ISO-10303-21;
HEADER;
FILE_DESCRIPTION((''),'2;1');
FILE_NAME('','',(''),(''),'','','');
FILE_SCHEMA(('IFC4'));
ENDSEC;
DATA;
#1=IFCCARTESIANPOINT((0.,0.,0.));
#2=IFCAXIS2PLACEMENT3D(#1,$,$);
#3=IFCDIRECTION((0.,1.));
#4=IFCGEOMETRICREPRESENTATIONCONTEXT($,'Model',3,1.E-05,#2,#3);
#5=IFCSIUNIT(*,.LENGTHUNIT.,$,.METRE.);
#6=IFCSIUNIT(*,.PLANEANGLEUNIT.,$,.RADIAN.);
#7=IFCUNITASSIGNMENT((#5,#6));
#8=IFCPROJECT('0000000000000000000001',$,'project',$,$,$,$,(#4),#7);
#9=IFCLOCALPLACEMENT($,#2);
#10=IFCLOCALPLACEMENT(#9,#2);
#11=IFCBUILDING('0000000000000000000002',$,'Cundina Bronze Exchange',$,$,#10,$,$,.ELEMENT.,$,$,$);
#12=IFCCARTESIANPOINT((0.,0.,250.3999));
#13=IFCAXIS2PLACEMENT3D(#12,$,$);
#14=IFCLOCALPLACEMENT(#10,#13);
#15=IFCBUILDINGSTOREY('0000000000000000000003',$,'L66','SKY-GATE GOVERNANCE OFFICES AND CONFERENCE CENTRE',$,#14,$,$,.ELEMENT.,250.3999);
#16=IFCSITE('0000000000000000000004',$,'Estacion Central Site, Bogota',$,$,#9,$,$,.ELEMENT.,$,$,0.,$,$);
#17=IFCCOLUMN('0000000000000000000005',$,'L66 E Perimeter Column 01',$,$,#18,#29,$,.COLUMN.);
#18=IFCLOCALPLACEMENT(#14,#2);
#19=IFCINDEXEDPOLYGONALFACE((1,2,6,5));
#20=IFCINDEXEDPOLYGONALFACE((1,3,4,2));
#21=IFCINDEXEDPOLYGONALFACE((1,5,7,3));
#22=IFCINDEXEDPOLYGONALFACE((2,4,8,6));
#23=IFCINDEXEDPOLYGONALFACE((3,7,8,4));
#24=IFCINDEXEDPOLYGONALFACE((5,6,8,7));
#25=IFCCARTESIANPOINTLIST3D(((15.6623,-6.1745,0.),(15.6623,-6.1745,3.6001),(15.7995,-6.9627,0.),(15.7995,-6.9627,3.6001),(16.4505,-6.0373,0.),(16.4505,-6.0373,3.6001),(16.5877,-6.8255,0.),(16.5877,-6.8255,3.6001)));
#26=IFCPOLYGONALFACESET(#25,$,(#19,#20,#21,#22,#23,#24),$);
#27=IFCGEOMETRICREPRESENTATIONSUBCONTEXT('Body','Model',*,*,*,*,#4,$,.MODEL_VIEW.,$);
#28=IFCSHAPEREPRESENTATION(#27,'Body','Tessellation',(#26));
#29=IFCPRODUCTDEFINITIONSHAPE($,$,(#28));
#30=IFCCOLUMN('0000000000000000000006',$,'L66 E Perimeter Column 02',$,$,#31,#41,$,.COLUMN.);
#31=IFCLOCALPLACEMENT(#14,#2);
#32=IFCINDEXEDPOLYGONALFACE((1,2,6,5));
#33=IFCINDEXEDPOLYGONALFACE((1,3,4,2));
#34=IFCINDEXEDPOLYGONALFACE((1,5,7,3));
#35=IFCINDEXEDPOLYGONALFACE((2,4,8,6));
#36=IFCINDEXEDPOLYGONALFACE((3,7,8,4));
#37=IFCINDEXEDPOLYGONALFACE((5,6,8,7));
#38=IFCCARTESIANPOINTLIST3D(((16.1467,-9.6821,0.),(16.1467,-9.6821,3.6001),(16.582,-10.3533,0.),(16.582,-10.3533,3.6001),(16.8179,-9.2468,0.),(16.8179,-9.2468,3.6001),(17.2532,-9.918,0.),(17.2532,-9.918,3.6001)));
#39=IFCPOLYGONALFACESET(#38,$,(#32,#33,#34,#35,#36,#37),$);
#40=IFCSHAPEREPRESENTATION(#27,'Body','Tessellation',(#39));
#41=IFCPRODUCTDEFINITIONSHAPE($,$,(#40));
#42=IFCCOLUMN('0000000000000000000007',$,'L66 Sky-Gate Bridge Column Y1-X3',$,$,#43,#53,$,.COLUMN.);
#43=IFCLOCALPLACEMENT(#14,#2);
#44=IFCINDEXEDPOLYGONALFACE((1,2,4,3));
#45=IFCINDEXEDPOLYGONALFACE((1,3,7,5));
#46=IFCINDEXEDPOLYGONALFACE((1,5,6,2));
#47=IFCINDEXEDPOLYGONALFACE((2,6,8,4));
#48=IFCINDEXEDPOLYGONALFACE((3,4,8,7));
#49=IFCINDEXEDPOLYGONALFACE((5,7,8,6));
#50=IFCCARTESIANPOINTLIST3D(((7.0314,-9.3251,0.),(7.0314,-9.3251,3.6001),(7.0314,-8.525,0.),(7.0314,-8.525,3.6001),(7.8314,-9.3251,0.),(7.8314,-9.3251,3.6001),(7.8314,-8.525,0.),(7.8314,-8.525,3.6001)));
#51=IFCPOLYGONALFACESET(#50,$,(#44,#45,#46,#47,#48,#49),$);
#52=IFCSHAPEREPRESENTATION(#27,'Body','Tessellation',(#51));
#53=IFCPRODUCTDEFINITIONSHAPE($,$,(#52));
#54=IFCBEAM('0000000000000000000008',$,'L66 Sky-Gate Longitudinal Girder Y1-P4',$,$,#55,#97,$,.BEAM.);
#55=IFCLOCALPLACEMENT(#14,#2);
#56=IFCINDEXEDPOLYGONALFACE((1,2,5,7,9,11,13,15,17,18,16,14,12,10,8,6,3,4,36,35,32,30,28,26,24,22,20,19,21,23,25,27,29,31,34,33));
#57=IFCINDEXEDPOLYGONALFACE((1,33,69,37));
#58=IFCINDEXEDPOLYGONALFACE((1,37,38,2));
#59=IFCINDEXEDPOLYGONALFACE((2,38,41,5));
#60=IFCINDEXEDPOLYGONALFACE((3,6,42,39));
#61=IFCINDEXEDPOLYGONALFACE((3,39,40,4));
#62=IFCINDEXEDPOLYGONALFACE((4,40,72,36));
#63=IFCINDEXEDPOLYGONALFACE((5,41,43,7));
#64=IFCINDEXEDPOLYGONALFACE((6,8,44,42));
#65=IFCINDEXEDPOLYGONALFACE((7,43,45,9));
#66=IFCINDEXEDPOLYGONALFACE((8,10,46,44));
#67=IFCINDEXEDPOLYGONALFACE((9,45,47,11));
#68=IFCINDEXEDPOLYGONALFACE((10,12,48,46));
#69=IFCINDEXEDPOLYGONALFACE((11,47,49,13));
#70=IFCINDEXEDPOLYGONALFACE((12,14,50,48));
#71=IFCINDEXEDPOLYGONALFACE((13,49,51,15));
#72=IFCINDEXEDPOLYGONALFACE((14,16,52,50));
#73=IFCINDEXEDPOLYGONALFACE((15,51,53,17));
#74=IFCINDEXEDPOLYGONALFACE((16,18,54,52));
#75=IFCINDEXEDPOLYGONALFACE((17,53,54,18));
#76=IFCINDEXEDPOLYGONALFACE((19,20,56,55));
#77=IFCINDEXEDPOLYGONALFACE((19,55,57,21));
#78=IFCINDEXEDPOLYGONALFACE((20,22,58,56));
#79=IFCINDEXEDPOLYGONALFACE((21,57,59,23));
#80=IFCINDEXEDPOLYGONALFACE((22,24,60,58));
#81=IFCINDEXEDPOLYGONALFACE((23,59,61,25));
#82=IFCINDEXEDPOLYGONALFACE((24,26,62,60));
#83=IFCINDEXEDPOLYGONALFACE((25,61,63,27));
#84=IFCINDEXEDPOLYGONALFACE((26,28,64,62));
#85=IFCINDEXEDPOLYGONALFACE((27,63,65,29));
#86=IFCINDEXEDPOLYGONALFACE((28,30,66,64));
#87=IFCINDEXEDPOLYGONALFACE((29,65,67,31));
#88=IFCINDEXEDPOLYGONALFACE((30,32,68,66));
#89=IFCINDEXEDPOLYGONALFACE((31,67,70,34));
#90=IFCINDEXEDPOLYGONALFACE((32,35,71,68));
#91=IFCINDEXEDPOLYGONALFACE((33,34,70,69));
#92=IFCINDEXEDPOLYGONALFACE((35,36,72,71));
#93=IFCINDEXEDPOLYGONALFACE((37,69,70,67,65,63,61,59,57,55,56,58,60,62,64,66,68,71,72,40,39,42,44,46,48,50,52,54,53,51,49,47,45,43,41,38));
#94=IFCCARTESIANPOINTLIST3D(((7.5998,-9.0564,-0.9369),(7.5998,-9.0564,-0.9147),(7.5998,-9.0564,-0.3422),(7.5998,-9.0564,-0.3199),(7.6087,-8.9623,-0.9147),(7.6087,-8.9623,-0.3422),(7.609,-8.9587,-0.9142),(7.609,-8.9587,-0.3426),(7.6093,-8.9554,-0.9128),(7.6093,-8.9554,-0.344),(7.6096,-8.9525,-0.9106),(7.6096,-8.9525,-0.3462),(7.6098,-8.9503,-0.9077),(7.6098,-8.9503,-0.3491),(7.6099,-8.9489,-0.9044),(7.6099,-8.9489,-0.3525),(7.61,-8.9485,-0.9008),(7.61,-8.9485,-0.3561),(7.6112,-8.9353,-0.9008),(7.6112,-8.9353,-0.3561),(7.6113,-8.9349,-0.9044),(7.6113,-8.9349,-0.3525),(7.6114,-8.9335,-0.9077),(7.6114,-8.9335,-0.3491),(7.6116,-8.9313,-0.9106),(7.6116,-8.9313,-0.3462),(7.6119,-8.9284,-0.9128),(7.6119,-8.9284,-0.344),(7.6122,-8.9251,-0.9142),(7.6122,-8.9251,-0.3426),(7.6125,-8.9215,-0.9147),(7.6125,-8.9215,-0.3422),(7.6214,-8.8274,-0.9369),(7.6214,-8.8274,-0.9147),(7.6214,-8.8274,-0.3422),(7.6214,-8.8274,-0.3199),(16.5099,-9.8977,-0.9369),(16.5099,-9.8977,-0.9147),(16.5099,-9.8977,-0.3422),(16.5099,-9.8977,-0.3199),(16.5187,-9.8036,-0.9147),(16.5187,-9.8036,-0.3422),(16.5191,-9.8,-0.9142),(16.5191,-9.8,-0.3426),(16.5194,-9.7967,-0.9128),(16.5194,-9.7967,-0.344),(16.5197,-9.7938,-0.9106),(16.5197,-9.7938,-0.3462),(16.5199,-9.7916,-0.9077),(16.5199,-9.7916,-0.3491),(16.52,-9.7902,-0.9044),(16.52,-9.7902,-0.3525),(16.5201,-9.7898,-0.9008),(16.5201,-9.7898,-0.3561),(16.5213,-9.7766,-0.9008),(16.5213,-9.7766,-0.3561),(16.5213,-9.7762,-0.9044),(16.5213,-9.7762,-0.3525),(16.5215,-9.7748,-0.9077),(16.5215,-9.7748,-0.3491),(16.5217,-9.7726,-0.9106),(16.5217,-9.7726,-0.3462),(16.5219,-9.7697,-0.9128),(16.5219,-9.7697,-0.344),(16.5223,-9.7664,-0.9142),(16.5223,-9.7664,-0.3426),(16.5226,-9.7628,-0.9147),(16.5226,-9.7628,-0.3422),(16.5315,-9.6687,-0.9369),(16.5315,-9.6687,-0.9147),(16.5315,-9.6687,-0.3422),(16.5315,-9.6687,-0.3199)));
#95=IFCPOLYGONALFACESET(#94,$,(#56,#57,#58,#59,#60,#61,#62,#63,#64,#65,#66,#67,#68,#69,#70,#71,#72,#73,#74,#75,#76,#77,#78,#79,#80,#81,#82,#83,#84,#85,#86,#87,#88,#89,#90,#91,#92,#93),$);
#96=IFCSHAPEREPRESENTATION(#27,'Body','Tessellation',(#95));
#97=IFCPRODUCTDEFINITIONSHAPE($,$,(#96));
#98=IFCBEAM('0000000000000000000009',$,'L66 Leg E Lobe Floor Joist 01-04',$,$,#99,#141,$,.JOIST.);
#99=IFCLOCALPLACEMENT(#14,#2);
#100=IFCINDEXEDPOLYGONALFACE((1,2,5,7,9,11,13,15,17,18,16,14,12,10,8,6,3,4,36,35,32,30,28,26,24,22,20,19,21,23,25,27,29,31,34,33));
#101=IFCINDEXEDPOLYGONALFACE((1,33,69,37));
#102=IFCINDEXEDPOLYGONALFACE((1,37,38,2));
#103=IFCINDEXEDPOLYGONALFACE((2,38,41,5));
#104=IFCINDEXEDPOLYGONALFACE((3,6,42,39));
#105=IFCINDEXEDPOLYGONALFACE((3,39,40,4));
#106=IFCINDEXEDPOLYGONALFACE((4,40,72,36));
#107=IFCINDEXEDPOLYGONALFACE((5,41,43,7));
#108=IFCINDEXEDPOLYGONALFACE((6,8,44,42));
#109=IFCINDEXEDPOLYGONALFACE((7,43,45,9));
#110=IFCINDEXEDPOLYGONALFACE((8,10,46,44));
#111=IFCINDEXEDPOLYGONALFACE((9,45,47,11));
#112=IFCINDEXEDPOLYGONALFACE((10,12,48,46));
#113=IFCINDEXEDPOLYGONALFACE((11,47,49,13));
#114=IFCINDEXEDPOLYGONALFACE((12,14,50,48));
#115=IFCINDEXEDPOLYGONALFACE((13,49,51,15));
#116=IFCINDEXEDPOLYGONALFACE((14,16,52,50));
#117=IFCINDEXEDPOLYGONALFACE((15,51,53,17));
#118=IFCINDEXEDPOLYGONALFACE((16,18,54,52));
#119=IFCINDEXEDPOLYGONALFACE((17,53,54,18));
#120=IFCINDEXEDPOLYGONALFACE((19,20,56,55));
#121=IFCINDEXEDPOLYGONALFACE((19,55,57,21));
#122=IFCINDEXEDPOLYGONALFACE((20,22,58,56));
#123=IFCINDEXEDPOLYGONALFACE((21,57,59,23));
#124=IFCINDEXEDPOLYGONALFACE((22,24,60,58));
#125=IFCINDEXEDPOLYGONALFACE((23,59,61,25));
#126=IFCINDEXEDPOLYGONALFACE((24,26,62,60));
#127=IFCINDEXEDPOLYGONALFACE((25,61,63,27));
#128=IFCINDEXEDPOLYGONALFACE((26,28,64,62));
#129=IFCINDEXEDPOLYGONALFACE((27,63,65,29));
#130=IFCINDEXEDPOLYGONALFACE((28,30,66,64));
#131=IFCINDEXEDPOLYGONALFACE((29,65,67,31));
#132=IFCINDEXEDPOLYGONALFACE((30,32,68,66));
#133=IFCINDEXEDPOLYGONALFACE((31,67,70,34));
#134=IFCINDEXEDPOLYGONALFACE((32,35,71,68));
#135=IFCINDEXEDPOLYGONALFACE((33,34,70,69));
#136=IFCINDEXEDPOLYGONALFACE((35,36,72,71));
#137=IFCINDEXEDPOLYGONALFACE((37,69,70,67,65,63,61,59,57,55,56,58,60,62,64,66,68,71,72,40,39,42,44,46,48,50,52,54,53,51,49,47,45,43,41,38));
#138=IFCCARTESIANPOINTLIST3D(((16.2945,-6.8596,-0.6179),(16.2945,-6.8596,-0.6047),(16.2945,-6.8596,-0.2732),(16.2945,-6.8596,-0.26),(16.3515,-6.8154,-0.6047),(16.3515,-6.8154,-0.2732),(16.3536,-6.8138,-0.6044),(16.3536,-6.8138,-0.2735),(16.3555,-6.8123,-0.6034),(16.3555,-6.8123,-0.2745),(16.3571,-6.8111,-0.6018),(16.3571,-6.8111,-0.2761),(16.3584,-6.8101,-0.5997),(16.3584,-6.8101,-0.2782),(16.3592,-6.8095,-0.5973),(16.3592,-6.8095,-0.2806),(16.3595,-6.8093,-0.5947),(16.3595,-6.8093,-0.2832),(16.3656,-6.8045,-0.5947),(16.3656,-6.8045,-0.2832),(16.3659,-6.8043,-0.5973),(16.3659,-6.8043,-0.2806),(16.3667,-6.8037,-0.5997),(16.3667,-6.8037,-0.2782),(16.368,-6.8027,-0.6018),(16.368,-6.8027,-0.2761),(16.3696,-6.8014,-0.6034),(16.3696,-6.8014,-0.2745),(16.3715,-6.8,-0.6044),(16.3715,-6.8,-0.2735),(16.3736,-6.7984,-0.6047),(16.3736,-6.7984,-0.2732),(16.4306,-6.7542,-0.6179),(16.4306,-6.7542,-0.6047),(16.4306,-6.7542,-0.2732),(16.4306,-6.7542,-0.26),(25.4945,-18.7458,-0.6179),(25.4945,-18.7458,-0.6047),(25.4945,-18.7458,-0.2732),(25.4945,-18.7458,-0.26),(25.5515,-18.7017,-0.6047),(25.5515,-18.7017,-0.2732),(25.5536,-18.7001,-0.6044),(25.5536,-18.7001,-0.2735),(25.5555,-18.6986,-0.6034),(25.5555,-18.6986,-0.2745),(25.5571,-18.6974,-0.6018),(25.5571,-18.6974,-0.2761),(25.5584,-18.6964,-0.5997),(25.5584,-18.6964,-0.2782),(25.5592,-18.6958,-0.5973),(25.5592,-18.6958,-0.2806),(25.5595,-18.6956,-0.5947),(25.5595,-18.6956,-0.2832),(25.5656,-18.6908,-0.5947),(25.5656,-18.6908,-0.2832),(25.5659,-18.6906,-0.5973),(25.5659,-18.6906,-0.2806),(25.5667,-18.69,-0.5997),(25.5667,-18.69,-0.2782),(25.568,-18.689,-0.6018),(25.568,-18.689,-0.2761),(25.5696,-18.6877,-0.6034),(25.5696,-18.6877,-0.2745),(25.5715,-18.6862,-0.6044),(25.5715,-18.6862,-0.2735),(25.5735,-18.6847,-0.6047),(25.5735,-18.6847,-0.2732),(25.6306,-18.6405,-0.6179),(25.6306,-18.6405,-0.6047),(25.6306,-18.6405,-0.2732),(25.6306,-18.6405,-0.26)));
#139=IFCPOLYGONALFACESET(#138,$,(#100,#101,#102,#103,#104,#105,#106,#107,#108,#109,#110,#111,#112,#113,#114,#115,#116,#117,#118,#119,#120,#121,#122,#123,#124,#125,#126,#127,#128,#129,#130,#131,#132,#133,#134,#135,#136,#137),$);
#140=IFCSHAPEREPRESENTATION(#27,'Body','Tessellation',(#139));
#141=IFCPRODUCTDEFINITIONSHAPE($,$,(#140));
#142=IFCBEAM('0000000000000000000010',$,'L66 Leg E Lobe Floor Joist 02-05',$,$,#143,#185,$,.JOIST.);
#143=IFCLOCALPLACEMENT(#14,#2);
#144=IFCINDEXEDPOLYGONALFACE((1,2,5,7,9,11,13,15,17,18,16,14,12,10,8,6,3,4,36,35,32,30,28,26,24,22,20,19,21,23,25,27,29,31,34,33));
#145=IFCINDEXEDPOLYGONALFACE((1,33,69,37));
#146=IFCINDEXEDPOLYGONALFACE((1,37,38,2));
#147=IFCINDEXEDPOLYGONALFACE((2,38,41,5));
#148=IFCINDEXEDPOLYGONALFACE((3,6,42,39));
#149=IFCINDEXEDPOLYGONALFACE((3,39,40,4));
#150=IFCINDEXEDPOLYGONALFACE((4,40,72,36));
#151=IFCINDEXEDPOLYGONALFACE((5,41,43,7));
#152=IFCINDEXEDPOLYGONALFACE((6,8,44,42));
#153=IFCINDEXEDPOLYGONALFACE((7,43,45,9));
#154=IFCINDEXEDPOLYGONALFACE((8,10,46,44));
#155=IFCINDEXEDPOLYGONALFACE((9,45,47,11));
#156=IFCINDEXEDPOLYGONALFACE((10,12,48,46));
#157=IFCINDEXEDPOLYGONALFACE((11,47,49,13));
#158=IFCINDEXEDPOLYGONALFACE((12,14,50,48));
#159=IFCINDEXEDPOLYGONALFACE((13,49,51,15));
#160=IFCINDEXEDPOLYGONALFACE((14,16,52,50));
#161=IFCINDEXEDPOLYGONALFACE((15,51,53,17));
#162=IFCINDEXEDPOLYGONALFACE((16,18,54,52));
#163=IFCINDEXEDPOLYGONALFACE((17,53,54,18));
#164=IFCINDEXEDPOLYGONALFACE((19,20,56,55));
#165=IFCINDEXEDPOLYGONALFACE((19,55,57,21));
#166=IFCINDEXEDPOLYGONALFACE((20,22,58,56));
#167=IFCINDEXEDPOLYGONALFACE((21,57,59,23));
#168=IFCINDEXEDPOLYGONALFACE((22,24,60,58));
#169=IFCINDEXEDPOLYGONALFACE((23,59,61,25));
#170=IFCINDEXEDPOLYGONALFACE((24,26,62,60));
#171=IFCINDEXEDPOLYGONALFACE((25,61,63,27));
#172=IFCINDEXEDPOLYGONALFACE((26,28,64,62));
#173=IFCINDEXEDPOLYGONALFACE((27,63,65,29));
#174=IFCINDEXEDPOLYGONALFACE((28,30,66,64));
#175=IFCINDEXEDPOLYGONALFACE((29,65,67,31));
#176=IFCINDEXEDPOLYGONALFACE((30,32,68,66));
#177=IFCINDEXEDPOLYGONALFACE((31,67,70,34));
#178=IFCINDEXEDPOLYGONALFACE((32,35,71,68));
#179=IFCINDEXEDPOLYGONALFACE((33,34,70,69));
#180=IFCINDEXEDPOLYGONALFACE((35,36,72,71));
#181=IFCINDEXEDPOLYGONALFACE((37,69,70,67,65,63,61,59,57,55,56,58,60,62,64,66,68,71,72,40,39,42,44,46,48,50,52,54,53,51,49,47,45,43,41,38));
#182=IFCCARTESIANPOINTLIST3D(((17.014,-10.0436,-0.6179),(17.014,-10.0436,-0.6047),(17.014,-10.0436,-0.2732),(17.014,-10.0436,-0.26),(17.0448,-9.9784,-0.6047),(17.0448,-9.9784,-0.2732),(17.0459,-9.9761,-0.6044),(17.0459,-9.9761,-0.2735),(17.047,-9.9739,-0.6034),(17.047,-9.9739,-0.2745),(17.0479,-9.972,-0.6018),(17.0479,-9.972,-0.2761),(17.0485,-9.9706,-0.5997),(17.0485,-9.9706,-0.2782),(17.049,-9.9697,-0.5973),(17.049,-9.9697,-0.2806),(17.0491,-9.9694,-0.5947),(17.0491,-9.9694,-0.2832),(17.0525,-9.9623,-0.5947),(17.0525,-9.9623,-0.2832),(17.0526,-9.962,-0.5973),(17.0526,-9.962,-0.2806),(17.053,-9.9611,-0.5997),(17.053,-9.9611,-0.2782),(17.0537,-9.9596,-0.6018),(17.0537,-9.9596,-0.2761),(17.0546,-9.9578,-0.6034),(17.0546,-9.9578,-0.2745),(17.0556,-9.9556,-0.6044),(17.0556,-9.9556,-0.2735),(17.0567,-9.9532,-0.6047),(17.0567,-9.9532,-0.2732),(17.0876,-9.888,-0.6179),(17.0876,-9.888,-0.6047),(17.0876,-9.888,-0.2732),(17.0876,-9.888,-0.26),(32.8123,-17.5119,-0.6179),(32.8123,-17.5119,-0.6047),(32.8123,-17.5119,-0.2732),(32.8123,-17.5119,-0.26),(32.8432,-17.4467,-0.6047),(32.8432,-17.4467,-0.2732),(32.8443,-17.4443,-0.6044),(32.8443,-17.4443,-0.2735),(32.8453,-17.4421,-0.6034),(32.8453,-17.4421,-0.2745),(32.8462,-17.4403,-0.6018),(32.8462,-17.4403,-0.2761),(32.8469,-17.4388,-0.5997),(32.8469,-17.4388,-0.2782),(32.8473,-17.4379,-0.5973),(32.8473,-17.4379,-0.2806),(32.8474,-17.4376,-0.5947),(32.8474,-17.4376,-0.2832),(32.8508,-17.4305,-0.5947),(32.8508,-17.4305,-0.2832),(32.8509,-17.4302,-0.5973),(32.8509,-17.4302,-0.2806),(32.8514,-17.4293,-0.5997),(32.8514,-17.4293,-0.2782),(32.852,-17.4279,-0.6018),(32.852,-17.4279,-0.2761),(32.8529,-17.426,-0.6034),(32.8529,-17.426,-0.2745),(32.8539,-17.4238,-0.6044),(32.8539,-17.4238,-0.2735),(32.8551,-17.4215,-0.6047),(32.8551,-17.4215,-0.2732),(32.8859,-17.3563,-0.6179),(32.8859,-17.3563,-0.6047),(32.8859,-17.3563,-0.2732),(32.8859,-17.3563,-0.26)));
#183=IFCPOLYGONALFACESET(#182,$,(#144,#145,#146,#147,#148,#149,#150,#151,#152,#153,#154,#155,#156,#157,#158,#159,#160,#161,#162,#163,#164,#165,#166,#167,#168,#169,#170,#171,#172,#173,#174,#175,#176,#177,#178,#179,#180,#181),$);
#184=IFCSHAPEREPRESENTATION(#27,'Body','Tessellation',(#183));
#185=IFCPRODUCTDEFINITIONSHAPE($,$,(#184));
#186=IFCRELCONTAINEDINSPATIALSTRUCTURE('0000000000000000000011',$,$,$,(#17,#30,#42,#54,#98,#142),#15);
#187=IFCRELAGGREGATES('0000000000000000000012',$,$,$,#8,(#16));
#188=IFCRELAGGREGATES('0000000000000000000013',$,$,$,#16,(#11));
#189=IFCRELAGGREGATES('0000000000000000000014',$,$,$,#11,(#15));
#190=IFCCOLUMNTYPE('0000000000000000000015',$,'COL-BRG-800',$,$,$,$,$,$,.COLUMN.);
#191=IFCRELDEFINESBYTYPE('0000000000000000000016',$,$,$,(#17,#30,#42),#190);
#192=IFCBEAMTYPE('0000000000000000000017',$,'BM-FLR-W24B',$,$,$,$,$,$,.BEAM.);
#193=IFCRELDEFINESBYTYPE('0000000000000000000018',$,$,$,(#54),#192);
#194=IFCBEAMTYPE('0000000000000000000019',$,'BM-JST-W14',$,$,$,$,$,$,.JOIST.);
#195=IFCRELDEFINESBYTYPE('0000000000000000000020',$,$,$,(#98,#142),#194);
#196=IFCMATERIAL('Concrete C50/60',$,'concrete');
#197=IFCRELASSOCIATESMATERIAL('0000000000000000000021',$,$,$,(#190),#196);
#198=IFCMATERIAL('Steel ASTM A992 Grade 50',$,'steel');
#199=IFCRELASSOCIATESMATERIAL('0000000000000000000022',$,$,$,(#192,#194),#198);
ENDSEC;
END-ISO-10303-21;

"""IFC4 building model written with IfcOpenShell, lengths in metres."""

from ifc_helpers import new_model, si_unit, direction, frame, origin, origin_2d, place, context, subcontext, project, spatial, rectangle, i_section, extrude, material, material_profile, profile_set, type_object, element, save


model = new_model("IFC4")

# Units and contexts
model_context = context("Model", 3, precision=1e-05, world=origin(), true_north=direction((0.0, 1.0)))
body_context = subcontext(model_context, "Body", "Model", "MODEL_VIEW")
ifc_project = project(units=[si_unit("LENGTHUNIT", "METRE"), si_unit("PLANEANGLEUNIT", "RADIAN")], contexts=[model_context])

# Site, building, storey
site_placement = place(None, origin())
site = spatial("IfcSite", under=ifc_project, at=site_placement, Name="Estacion Central Site, Bogota", CompositionType="ELEMENT", RefElevation=0.0)
building_placement = place(site_placement, origin())
building = spatial("IfcBuilding", under=site, at=building_placement, Name="Cundina Bronze Exchange", CompositionType="ELEMENT")
storey_placement = place(building_placement, frame((0.0, 0.0, 250.3999)))
storey = spatial("IfcBuildingStorey", under=building, at=storey_placement, Name="L66", Description="SKY-GATE GOVERNANCE OFFICES AND CONFERENCE CENTRE", CompositionType="ELEMENT", Elevation=250.3999)

# Columns
ifc_material_1 = material(Name="Concrete C50/60", Category="concrete")
ifc_material_profile_1 = material_profile(ifc_material_1, rectangle(XDim=0.8, YDim=0.8, at=origin_2d()), Name="RC800X800", Category="concrete")
ifc_profile_set_1 = profile_set([ifc_material_profile_1], Name="Concrete C50/60")
column_type = type_object("IfcColumnType", Name="COL-BRG-800", PredefinedType="COLUMN", material=ifc_profile_set_1)
for number, where, z_axis, x_axis, name in (
    (1, (16.125, -6.5, 0.0), (0.0, 0.0, 1.0), (0.171585, -0.985169, 0.0), "L66 E Perimeter Column 01"),
    (2, (16.7, -9.8, 0.0), (0.0, 0.0, 1.0), (0.5442, -0.838956, 0.0), "L66 E Perimeter Column 02"),
    (3, (7.4314, -8.925, 0.0), (0.0, 0.0, 1.0), (1.0, 0.0, 0.0), "L66 Sky-Gate Bridge Column Y1-X3"),
):
    element("IfcColumn", number, at=place(storey_placement, frame(where, z_axis=z_axis, x_axis=x_axis)), inside=storey, type_object=column_type, Name=name, PredefinedType="COLUMN", context=body_context, shape_type="SweptSolid", body=[
        extrude(rectangle(XDim=0.8, YDim=0.8, at=origin_2d()), origin(), (0.0, 0.0, 1.0), 3.6001),
    ])

# Beams
ifc_material_2 = material(Name="Steel ASTM A992 Grade 50", Category="steel")
ifc_material_profile_2 = material_profile(ifc_material_2, i_section(OverallWidth=0.23, OverallDepth=0.6169, WebThickness=0.0132, FlangeThickness=0.0222, FilletRadius=0.0139, at=origin_2d()), Name="W24X94", Category="steel")
ifc_profile_set_2 = profile_set([ifc_material_profile_2], Name="Steel ASTM A992 Grade 50")
beam_type_1 = type_object("IfcBeamType", Name="BM-FLR-W24B", PredefinedType="BEAM", material=ifc_profile_set_2)
beam_1_placement = place(storey_placement, frame((7.6106, -8.9419, -0.6284), z_axis=(0.995572, -0.094003, 0.0), x_axis=(0.094003, 0.995572, 0.0)))
element("IfcBeam", 4, at=beam_1_placement, inside=storey, type_object=beam_type_1, Name="L66 Sky-Gate Longitudinal Girder Y1-P4", PredefinedType="BEAM", context=body_context, shape_type="SweptSolid", body=[
    extrude(i_section(OverallWidth=0.23, OverallDepth=0.6169, WebThickness=0.0132, FlangeThickness=0.0222, FilletRadius=0.0139, at=origin_2d()), origin(), (0.0, 0.0, 1.0), 8.9497),
])
ifc_material_profile_3 = material_profile(ifc_material_2, i_section(OverallWidth=0.1721, OverallDepth=0.3579, WebThickness=0.0078, FlangeThickness=0.0132, FilletRadius=0.01, at=origin_2d()), Name="W14X38", Category="steel")
ifc_profile_set_3 = profile_set([ifc_material_profile_3], Name="Steel ASTM A992 Grade 50")
beam_type_2 = type_object("IfcBeamType", Name="BM-JST-W14", PredefinedType="JOIST", material=ifc_profile_set_3)
beam_2_placement = place(storey_placement, frame((16.3625, -6.8069, -0.439), z_axis=(0.612078, -0.790798, 0.0), x_axis=(0.790798, 0.612078, 0.0)))
element("IfcBeam", 5, at=beam_2_placement, inside=storey, type_object=beam_type_2, Name="L66 Leg E Lobe Floor Joist 01-04", PredefinedType="JOIST", context=body_context, shape_type="SweptSolid", body=[
    extrude(i_section(OverallWidth=0.1721, OverallDepth=0.3579, WebThickness=0.0078, FlangeThickness=0.0132, FilletRadius=0.01, at=origin_2d()), origin(), (0.0, 0.0, 1.0), 15.0308),
])
beam_3_placement = place(storey_placement, frame((17.0508, -9.9658, -0.439), z_axis=(0.904073, -0.427378, 0.0), x_axis=(0.427378, 0.904073, 0.0)))
element("IfcBeam", 6, at=beam_3_placement, inside=storey, type_object=beam_type_2, Name="L66 Leg E Lobe Floor Joist 02-05", PredefinedType="JOIST", context=body_context, shape_type="SweptSolid", body=[
    extrude(i_section(OverallWidth=0.1721, OverallDepth=0.3579, WebThickness=0.0078, FlangeThickness=0.0132, FilletRadius=0.01, at=origin_2d()), origin(), (0.0, 0.0, 1.0), 17.4746),
])

save(model, "model.ifc")
